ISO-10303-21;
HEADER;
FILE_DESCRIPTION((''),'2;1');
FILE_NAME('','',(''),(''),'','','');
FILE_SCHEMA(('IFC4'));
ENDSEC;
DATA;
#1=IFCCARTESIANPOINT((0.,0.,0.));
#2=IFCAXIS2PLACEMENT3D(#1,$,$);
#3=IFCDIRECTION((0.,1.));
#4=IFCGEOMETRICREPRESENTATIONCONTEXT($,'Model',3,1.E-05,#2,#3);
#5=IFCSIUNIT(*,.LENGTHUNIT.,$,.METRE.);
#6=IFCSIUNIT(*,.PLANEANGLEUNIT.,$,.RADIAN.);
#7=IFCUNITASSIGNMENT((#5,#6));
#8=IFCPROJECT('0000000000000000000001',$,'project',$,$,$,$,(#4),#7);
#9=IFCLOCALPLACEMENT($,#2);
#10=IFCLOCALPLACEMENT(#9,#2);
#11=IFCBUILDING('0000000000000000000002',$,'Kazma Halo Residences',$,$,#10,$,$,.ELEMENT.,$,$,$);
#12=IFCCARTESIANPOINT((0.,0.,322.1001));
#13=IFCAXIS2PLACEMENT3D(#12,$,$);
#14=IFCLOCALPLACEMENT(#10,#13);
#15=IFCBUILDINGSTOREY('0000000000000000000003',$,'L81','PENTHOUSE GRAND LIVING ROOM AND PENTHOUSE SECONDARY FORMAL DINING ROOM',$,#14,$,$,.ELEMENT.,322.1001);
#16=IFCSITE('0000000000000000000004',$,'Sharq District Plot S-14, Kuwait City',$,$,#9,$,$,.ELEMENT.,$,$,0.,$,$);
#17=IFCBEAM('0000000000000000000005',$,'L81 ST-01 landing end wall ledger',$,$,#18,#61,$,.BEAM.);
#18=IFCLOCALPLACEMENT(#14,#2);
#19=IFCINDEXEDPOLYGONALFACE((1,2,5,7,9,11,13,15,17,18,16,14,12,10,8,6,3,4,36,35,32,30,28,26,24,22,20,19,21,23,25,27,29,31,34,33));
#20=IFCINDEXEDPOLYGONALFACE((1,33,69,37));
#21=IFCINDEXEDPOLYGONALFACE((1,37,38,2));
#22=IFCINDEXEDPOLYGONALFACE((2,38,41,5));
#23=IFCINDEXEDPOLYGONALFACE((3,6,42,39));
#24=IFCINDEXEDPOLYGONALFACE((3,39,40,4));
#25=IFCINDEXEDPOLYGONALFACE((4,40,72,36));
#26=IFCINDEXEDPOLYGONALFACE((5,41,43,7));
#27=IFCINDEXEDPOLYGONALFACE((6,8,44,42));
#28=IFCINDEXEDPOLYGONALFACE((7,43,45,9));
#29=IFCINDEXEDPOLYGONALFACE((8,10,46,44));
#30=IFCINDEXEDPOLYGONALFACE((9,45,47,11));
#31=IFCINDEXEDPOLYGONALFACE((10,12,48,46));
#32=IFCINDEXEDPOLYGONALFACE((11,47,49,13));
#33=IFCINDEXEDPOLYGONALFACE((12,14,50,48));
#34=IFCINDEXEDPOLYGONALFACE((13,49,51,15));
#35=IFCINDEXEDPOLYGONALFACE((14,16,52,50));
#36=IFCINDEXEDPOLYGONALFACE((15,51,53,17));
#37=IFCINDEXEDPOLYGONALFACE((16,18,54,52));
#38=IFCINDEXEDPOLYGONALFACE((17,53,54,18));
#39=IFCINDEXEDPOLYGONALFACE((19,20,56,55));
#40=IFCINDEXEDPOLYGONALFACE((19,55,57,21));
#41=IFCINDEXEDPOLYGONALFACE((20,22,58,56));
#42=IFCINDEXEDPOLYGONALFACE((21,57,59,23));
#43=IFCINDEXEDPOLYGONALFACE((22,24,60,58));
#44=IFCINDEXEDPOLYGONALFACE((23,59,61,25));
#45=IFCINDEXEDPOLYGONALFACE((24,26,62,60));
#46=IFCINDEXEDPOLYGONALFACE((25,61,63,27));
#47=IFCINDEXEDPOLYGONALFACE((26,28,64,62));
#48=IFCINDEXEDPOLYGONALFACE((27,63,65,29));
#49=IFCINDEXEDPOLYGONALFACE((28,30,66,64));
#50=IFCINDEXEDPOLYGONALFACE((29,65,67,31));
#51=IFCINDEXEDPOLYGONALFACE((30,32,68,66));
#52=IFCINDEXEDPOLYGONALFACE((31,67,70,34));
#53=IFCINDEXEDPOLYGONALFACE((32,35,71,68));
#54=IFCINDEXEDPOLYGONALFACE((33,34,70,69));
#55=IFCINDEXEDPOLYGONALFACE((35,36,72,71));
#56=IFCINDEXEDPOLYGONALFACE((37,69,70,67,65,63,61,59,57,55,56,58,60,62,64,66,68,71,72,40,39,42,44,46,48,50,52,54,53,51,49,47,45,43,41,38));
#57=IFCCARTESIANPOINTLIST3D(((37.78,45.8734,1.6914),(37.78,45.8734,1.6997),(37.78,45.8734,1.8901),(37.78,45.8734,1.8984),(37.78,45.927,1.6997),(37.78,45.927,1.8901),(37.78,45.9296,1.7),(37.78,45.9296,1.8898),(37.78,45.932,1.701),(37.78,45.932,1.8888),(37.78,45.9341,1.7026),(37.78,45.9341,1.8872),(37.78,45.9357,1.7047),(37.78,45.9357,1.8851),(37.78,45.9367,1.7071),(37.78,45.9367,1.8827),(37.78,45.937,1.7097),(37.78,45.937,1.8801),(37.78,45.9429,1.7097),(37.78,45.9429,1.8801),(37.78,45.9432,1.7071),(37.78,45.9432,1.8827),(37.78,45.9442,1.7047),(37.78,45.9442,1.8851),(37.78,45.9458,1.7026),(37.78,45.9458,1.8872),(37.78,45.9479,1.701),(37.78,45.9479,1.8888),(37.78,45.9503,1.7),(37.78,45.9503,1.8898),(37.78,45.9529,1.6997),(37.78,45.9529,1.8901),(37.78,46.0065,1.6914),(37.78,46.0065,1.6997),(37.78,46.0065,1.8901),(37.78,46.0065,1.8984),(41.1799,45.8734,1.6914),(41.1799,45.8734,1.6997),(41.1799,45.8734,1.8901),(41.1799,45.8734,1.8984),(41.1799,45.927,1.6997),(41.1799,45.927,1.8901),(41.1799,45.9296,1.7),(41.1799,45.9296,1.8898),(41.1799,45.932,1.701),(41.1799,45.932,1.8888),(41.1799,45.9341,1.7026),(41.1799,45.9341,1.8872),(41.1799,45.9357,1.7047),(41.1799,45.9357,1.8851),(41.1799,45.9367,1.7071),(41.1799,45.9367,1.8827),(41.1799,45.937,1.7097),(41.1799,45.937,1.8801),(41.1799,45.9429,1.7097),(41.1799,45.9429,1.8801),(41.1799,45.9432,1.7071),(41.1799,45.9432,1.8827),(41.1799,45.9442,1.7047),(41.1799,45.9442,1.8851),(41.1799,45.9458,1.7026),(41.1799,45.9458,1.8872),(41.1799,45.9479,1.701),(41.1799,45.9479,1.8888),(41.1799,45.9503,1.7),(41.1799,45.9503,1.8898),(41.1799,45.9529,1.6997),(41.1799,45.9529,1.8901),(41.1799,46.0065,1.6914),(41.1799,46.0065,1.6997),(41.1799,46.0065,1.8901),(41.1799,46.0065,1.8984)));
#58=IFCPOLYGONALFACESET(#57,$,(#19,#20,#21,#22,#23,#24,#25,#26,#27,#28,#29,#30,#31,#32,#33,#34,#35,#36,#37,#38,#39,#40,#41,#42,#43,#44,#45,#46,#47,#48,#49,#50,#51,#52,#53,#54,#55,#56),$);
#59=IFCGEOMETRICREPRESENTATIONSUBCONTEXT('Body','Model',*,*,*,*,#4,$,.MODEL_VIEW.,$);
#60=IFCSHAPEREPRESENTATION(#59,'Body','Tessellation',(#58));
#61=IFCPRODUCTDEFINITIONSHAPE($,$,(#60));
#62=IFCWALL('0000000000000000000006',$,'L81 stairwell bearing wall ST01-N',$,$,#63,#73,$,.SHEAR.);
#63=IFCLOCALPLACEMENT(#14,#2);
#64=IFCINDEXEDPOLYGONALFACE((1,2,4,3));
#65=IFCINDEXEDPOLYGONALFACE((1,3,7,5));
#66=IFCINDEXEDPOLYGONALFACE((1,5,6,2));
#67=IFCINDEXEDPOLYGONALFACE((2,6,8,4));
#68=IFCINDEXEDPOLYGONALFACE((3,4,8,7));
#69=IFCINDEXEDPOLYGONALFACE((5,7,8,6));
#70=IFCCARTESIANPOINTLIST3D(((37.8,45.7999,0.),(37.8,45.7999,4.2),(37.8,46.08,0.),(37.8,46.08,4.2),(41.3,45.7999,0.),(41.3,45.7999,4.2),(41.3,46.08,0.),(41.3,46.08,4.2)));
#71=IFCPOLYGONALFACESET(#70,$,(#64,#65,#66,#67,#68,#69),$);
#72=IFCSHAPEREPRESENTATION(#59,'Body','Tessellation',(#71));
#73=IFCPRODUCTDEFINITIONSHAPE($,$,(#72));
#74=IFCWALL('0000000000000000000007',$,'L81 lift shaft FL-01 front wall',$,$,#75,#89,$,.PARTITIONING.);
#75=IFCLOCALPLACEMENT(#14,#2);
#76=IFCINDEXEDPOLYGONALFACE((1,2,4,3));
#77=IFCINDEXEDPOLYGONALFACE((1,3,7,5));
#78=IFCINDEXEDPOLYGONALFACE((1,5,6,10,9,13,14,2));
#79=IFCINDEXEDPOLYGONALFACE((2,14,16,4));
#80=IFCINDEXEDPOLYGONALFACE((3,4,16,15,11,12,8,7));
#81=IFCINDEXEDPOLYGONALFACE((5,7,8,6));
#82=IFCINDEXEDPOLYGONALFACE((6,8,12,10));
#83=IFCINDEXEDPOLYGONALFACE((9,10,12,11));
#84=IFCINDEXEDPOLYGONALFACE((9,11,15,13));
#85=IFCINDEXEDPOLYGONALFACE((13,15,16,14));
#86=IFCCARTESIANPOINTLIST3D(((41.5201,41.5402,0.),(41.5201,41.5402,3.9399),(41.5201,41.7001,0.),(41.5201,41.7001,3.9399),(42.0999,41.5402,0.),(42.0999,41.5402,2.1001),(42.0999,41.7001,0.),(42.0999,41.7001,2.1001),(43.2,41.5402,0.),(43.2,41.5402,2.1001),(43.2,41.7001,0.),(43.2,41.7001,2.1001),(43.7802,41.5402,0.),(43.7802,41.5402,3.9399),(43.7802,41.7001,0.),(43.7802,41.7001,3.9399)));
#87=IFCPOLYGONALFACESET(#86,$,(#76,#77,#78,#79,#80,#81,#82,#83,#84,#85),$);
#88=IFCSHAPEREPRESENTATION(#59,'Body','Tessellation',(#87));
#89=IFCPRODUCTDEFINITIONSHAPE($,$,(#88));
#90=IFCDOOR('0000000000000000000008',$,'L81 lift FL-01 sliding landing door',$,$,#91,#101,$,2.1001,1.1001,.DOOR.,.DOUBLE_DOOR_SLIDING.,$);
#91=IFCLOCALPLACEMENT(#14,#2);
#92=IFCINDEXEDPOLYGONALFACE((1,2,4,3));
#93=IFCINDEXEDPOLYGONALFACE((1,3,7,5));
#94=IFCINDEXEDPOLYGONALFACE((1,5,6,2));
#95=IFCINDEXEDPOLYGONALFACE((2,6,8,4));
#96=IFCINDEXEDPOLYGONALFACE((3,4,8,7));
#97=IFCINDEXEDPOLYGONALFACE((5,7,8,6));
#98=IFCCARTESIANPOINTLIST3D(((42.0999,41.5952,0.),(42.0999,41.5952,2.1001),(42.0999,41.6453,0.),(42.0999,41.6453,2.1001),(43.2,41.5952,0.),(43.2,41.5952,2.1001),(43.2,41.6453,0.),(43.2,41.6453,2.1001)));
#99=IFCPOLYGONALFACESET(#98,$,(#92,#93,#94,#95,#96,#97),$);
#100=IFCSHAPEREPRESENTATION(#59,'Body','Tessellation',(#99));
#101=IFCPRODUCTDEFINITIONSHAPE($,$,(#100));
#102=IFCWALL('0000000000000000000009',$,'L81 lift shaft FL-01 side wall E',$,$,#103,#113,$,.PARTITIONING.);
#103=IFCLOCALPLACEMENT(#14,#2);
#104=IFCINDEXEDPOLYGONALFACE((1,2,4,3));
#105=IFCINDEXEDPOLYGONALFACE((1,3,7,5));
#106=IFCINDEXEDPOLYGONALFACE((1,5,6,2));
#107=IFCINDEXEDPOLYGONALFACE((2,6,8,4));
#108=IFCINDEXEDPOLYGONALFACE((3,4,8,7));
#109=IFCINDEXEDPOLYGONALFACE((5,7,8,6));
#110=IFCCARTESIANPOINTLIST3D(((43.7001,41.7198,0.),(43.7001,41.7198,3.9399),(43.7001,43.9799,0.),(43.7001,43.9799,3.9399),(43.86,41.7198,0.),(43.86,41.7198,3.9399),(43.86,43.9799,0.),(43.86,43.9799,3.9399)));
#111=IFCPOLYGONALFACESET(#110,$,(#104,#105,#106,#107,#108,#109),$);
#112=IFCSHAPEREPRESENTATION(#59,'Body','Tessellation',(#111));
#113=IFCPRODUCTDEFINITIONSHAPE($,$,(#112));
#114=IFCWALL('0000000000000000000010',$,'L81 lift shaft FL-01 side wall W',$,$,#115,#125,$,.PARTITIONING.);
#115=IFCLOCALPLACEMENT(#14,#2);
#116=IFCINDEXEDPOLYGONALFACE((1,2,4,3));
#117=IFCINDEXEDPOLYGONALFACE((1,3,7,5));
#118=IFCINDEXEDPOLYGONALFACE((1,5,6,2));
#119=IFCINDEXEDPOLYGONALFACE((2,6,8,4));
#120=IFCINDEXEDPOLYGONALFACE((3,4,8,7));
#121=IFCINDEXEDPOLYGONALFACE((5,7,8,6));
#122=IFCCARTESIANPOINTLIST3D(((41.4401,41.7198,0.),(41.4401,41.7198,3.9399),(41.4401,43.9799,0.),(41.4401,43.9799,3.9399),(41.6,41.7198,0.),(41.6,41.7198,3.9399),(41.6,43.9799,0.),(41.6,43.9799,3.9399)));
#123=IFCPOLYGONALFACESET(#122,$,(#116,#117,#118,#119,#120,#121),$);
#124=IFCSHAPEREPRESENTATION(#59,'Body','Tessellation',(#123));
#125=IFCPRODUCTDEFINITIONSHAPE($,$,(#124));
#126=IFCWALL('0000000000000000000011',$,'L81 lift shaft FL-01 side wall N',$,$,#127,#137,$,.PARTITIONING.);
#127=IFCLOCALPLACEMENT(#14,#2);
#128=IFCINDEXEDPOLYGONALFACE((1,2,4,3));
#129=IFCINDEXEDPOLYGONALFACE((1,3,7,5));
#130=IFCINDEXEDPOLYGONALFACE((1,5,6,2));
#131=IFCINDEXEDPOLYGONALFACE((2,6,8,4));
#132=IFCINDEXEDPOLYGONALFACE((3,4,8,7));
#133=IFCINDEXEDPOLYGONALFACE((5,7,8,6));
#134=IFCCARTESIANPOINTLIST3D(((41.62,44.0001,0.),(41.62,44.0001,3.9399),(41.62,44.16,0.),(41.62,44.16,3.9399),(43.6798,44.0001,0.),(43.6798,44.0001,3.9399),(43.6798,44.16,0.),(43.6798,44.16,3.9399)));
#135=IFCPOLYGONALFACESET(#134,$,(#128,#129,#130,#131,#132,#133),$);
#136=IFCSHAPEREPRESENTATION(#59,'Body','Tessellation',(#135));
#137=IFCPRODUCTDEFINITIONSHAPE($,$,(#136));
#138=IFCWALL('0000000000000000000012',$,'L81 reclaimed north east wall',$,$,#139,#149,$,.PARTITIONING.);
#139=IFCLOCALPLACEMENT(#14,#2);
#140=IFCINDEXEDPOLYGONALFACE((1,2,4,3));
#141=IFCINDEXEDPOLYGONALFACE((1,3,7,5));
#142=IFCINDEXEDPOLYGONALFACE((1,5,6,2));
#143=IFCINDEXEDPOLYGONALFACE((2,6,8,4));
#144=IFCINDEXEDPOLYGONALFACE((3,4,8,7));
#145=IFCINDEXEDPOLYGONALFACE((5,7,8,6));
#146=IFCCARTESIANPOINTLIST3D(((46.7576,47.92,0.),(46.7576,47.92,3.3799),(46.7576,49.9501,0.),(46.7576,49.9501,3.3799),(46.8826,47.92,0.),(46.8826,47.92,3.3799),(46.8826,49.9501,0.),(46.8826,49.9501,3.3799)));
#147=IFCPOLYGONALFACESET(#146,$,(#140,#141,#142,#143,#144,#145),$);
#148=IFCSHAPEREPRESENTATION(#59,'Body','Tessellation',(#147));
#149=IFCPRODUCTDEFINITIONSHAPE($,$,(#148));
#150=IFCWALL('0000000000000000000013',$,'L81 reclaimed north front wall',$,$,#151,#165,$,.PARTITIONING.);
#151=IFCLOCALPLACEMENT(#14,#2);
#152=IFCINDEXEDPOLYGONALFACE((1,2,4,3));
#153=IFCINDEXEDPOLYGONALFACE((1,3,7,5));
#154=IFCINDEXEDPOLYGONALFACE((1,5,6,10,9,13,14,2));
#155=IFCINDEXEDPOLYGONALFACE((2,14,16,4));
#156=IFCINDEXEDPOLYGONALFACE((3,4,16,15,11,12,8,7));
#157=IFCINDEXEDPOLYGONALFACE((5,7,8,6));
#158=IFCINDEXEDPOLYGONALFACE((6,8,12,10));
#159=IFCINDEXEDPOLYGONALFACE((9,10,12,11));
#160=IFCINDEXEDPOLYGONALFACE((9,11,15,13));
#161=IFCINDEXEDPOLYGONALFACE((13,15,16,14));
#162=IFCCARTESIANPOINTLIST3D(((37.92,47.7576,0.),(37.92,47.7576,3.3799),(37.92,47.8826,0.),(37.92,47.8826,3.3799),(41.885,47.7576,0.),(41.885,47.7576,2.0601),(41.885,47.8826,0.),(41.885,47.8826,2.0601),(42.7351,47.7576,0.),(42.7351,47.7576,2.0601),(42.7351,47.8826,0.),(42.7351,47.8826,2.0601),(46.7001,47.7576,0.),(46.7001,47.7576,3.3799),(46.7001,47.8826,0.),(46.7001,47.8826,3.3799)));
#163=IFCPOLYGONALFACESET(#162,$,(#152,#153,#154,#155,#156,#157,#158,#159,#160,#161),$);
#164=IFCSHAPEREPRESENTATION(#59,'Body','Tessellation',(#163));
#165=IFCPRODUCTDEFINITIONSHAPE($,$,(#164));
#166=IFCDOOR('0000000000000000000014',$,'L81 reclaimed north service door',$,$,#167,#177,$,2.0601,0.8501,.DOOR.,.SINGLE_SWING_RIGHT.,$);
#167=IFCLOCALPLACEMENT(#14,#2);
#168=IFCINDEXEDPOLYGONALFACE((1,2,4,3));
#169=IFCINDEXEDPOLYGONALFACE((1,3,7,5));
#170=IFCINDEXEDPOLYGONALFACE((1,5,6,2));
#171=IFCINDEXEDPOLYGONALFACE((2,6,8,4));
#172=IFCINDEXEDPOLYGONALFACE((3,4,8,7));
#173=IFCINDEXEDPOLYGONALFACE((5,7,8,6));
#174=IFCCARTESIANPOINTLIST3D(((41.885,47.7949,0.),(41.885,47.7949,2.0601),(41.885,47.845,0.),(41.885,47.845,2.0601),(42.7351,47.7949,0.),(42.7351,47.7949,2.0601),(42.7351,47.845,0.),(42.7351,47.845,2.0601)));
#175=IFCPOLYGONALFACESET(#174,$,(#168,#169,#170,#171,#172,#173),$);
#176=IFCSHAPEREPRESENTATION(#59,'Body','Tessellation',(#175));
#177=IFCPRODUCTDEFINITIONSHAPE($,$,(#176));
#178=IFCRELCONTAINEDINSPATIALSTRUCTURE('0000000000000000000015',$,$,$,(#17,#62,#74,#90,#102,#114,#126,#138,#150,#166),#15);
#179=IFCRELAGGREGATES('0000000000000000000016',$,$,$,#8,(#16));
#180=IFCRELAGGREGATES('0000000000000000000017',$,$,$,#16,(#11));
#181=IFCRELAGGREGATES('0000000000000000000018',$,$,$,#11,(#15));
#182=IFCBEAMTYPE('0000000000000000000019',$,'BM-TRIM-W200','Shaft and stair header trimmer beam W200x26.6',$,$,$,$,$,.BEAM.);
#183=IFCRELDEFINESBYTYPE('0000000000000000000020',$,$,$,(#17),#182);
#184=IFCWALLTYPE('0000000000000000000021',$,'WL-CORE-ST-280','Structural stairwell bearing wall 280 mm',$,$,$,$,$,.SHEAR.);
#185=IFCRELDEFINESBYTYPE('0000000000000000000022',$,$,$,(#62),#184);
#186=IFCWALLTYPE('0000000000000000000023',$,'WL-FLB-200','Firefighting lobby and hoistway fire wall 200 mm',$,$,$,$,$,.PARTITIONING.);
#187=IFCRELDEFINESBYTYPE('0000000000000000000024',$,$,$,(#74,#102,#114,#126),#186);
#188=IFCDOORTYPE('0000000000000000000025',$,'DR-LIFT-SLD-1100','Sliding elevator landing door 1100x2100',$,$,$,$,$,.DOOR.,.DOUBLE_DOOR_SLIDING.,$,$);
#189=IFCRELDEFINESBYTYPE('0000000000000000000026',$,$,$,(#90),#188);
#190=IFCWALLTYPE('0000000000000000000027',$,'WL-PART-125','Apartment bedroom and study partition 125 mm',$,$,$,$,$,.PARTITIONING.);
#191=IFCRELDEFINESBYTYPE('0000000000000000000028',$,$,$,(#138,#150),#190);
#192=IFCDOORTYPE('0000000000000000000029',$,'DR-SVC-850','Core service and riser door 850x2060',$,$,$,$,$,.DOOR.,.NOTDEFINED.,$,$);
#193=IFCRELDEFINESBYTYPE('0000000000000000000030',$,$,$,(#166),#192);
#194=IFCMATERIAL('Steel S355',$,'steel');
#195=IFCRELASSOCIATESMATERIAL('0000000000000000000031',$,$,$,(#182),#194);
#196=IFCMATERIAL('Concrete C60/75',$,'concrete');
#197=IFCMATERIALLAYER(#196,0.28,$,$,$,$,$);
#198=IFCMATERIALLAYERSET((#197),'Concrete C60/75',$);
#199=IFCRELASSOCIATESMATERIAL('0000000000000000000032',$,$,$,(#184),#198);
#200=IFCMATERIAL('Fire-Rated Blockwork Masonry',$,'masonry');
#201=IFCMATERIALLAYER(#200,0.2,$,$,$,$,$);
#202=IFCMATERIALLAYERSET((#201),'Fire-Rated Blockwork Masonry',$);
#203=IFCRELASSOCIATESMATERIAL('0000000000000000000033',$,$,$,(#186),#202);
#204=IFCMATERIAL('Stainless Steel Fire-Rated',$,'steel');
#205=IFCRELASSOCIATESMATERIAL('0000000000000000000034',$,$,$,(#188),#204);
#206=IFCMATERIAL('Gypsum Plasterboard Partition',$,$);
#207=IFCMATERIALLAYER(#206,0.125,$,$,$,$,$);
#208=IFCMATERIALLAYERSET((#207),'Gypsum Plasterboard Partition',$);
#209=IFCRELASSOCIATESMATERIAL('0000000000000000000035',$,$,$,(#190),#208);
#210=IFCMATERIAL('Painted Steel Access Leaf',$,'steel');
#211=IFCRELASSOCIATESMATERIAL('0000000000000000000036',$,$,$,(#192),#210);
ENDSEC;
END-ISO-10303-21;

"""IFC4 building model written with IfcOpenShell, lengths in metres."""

from ifc_helpers import new_model, si_unit, direction, frame, frame_2d, origin, origin_2d, place, context, subcontext, project, spatial, rectangle, i_section, extrude, material, layer, layer_set, material_profile, profile_set, type_object, element, fill, save


model = new_model("IFC4")

# Units and contexts
model_context = context("Model", 3, precision=1e-05, world=origin(), true_north=direction((0.0, 1.0)))
body_context = subcontext(model_context, "Body", "Model", "MODEL_VIEW")
ifc_project = project(units=[si_unit("LENGTHUNIT", "METRE"), si_unit("PLANEANGLEUNIT", "RADIAN")], contexts=[model_context])

# Site, building, storey
site_placement = place(None, origin())
site = spatial("IfcSite", under=ifc_project, at=site_placement, Name="Sharq District Plot S-14, Kuwait City", CompositionType="ELEMENT", RefElevation=0.0)
building_placement = place(site_placement, origin())
building = spatial("IfcBuilding", under=site, at=building_placement, Name="Kazma Halo Residences", CompositionType="ELEMENT")
storey_placement = place(building_placement, frame((0.0, 0.0, 322.1001)))
storey = spatial("IfcBuildingStorey", under=building, at=storey_placement, Name="L81", Description="PENTHOUSE GRAND LIVING ROOM AND PENTHOUSE SECONDARY FORMAL DINING ROOM", CompositionType="ELEMENT", Elevation=322.1001)

# Shared definitions
ifc_material_1 = material(Name="Steel S355", Category="steel")

# Beam
ifc_material_profile_1 = material_profile(ifc_material_1, i_section(OverallWidth=0.1331, OverallDepth=0.207, WebThickness=0.0059, FlangeThickness=0.0083, FilletRadius=0.01, at=origin_2d()), Name="W200x26.6")
ifc_profile_set_1 = profile_set([ifc_material_profile_1], Name="Steel S355")
beam_type_1 = type_object("IfcBeamType", Name="BM-TRIM-W200", Description="Shaft and stair header trimmer beam W200x26.6", PredefinedType="BEAM", material=ifc_profile_set_1)
beam_1_placement = place(storey_placement, frame((37.78, 45.9399, 1.7949), z_axis=(1.0, 0.0, 0.0), x_axis=(0.0, 1.0, 0.0)))
element("IfcBeam", 1, at=beam_1_placement, inside=storey, type_object=beam_type_1, Name="L81 ST-01 landing end wall ledger", PredefinedType="BEAM", context=body_context, shape_type="SweptSolid", body=[
    extrude(i_section(OverallWidth=0.1331, OverallDepth=0.207, WebThickness=0.0059, FlangeThickness=0.0083, FilletRadius=0.01, at=origin_2d()), origin(), (0.0, 0.0, 1.0), 3.3999),
])

# Wall
ifc_material_2 = material(Name="Concrete C60/75", Category="concrete")
ifc_layer_1 = layer(ifc_material_2, 0.28)
ifc_layer_set_1 = layer_set([ifc_layer_1], Name="Concrete C60/75")
wall_type_1 = type_object("IfcWallType", Name="WL-CORE-ST-280", Description="Structural stairwell bearing wall 280 mm", PredefinedType="SHEAR", material=ifc_layer_set_1)
wall_1_placement = place(storey_placement, frame((37.8, 45.9399, 0.0), z_axis=(0.0, 0.0, 1.0), x_axis=(1.0, 0.0, 0.0)))
element("IfcWall", 2, at=wall_1_placement, inside=storey, type_object=wall_type_1, Name="L81 stairwell bearing wall ST01-N", PredefinedType="SHEAR", context=body_context, shape_type="SweptSolid", body=[
    extrude(rectangle(XDim=3.5, YDim=0.28, at=frame_2d((1.75, 0.0))), origin(), (0.0, 0.0, 1.0), 4.2),
])

# Wall, opening, door
ifc_material_3 = material(Name="Fire-Rated Blockwork Masonry", Category="masonry")
ifc_layer_2 = layer(ifc_material_3, 0.2)
ifc_layer_set_2 = layer_set([ifc_layer_2], Name="Fire-Rated Blockwork Masonry")
wall_type_2 = type_object("IfcWallType", Name="WL-FLB-200", Description="Firefighting lobby and hoistway fire wall 200 mm", PredefinedType="PARTITIONING", material=ifc_layer_set_2)
wall_2_placement = place(storey_placement, frame((43.78, 41.6201, 0.0), z_axis=(0.0, 0.0, 1.0), x_axis=(-1.0, 0.0, 0.0)))
wall_2 = element("IfcWall", 3, at=wall_2_placement, inside=storey, type_object=wall_type_2, Name="L81 lift shaft FL-01 front wall", PredefinedType="PARTITIONING", context=body_context, shape_type="SweptSolid", body=[
    extrude(rectangle(XDim=2.26, YDim=0.1599, at=frame_2d((1.1299, 0.0))), origin(), (0.0, 0.0, 1.0), 3.9399),
])
opening_1_placement = place(wall_2_placement, frame((0.5801, 0.0, 0.0)))
opening_1 = element("IfcOpeningElement", 4, at=opening_1_placement, cuts=wall_2, PredefinedType="OPENING", context=body_context, shape_type="SweptSolid", body=[
    extrude(rectangle(XDim=1.1001, YDim=2.1001, at=frame_2d((0.55, 1.05))), frame((0.0, 0.0898, 0.0), z_axis=(0.0, -1.0, 0.0), x_axis=(1.0, 0.0, 0.0)), (0.0, 0.0, 1.0), 0.1799),
])
ifc_material_4 = material(Name="Stainless Steel Fire-Rated", Category="steel")
door_type_1 = type_object("IfcDoorType", Name="DR-LIFT-SLD-1100", Description="Sliding elevator landing door 1100x2100", OperationType="DOUBLE_DOOR_SLIDING", PredefinedType="DOOR", material=ifc_material_4)
door_1_placement = place(opening_1_placement, origin())
door_1 = element("IfcDoor", 5, at=door_1_placement, inside=storey, type_object=door_type_1, Name="L81 lift FL-01 sliding landing door", OperationType="DOUBLE_DOOR_SLIDING", OverallHeight=2.1001, OverallWidth=1.1001, PredefinedType="DOOR", context=body_context, shape_type="SweptSolid", body=[
    extrude(rectangle(XDim=1.1001, YDim=2.1001, at=frame_2d((0.55, 1.05))), frame((0.0, 0.0249, 0.0), z_axis=(0.0, -1.0, 0.0), x_axis=(1.0, 0.0, 0.0)), (0.0, 0.0, 1.0), 0.05),
])
fill(opening_1, door_1)

# Walls
for number, where, z_axis, x_axis, name in (
    (6, (43.78, 41.72, 0.0), (0.0, 0.0, 1.0), (0.0, 1.0, 0.0), "L81 lift shaft FL-01 side wall E"),
    (7, (41.52, 41.72, 0.0), (0.0, 0.0, 1.0), (0.0, 1.0, 0.0), "L81 lift shaft FL-01 side wall W"),
):
    element("IfcWall", number, at=place(storey_placement, frame(where, z_axis=z_axis, x_axis=x_axis)), inside=storey, type_object=wall_type_2, Name=name, PredefinedType="PARTITIONING", context=body_context, shape_type="SweptSolid", body=[
        extrude(rectangle(XDim=2.26, YDim=0.1599, at=frame_2d((1.1299, 0.0))), origin(), (0.0, 0.0, 1.0), 3.9399),
    ])
wall_3_placement = place(storey_placement, frame((41.6201, 44.0801, 0.0), z_axis=(0.0, 0.0, 1.0), x_axis=(1.0, 0.0, 0.0)))
element("IfcWall", 8, at=wall_3_placement, inside=storey, type_object=wall_type_2, Name="L81 lift shaft FL-01 side wall N", PredefinedType="PARTITIONING", context=body_context, shape_type="SweptSolid", body=[
    extrude(rectangle(XDim=2.0598, YDim=0.1599, at=frame_2d((1.0298, 0.0))), origin(), (0.0, 0.0, 1.0), 3.9399),
])
ifc_material_5 = material(Name="Gypsum Plasterboard Partition")
ifc_layer_3 = layer(ifc_material_5, 0.125)
ifc_layer_set_3 = layer_set([ifc_layer_3], Name="Gypsum Plasterboard Partition")
wall_type_3 = type_object("IfcWallType", Name="WL-PART-125", Description="Apartment bedroom and study partition 125 mm", PredefinedType="PARTITIONING", material=ifc_layer_set_3)
wall_4_placement = place(storey_placement, frame((46.8201, 47.9199, 0.0), z_axis=(0.0, 0.0, 1.0), x_axis=(0.0, 1.0, 0.0)))
element("IfcWall", 9, at=wall_4_placement, inside=storey, type_object=wall_type_3, Name="L81 reclaimed north east wall", PredefinedType="PARTITIONING", context=body_context, shape_type="SweptSolid", body=[
    extrude(rectangle(XDim=2.03, YDim=0.125, at=frame_2d((1.0151, 0.0))), origin(), (0.0, 0.0, 1.0), 3.3799),
])

# Wall, opening, door
wall_5_placement = place(storey_placement, frame((37.9199, 47.8201, 0.0), z_axis=(0.0, 0.0, 1.0), x_axis=(1.0, 0.0, 0.0)))
wall_5 = element("IfcWall", 10, at=wall_5_placement, inside=storey, type_object=wall_type_3, Name="L81 reclaimed north front wall", PredefinedType="PARTITIONING", context=body_context, shape_type="SweptSolid", body=[
    extrude(rectangle(XDim=8.78, YDim=0.125, at=frame_2d((4.3901, 0.0))), origin(), (0.0, 0.0, 1.0), 3.3799),
])
opening_2_placement = place(wall_5_placement, frame((3.9651, 0.0, 0.0)))
opening_2 = element("IfcOpeningElement", 11, at=opening_2_placement, cuts=wall_5, PredefinedType="OPENING", context=body_context, shape_type="SweptSolid", body=[
    extrude(rectangle(XDim=0.8501, YDim=2.0601, at=frame_2d((0.425, 1.03))), frame((0.0, 0.0725, 0.0), z_axis=(0.0, -1.0, 0.0), x_axis=(1.0, 0.0, 0.0)), (0.0, 0.0, 1.0), 0.145),
])
ifc_material_6 = material(Name="Painted Steel Access Leaf", Category="steel")
door_type_2 = type_object("IfcDoorType", Name="DR-SVC-850", Description="Core service and riser door 850x2060", OperationType="NOTDEFINED", PredefinedType="DOOR", material=ifc_material_6)
door_2_placement = place(opening_2_placement, origin())
door_2 = element("IfcDoor", 12, at=door_2_placement, inside=storey, type_object=door_type_2, Name="L81 reclaimed north service door", OperationType="SINGLE_SWING_RIGHT", OverallHeight=2.0601, OverallWidth=0.8501, PredefinedType="DOOR", context=body_context, shape_type="SweptSolid", body=[
    extrude(rectangle(XDim=0.8501, YDim=2.0601, at=frame_2d((0.425, 1.03))), frame((0.0, 0.0249, 0.0), z_axis=(0.0, -1.0, 0.0), x_axis=(1.0, 0.0, 0.0)), (0.0, 0.0, 1.0), 0.05),
])
fill(opening_2, door_2)

save(model, "model.ifc")
